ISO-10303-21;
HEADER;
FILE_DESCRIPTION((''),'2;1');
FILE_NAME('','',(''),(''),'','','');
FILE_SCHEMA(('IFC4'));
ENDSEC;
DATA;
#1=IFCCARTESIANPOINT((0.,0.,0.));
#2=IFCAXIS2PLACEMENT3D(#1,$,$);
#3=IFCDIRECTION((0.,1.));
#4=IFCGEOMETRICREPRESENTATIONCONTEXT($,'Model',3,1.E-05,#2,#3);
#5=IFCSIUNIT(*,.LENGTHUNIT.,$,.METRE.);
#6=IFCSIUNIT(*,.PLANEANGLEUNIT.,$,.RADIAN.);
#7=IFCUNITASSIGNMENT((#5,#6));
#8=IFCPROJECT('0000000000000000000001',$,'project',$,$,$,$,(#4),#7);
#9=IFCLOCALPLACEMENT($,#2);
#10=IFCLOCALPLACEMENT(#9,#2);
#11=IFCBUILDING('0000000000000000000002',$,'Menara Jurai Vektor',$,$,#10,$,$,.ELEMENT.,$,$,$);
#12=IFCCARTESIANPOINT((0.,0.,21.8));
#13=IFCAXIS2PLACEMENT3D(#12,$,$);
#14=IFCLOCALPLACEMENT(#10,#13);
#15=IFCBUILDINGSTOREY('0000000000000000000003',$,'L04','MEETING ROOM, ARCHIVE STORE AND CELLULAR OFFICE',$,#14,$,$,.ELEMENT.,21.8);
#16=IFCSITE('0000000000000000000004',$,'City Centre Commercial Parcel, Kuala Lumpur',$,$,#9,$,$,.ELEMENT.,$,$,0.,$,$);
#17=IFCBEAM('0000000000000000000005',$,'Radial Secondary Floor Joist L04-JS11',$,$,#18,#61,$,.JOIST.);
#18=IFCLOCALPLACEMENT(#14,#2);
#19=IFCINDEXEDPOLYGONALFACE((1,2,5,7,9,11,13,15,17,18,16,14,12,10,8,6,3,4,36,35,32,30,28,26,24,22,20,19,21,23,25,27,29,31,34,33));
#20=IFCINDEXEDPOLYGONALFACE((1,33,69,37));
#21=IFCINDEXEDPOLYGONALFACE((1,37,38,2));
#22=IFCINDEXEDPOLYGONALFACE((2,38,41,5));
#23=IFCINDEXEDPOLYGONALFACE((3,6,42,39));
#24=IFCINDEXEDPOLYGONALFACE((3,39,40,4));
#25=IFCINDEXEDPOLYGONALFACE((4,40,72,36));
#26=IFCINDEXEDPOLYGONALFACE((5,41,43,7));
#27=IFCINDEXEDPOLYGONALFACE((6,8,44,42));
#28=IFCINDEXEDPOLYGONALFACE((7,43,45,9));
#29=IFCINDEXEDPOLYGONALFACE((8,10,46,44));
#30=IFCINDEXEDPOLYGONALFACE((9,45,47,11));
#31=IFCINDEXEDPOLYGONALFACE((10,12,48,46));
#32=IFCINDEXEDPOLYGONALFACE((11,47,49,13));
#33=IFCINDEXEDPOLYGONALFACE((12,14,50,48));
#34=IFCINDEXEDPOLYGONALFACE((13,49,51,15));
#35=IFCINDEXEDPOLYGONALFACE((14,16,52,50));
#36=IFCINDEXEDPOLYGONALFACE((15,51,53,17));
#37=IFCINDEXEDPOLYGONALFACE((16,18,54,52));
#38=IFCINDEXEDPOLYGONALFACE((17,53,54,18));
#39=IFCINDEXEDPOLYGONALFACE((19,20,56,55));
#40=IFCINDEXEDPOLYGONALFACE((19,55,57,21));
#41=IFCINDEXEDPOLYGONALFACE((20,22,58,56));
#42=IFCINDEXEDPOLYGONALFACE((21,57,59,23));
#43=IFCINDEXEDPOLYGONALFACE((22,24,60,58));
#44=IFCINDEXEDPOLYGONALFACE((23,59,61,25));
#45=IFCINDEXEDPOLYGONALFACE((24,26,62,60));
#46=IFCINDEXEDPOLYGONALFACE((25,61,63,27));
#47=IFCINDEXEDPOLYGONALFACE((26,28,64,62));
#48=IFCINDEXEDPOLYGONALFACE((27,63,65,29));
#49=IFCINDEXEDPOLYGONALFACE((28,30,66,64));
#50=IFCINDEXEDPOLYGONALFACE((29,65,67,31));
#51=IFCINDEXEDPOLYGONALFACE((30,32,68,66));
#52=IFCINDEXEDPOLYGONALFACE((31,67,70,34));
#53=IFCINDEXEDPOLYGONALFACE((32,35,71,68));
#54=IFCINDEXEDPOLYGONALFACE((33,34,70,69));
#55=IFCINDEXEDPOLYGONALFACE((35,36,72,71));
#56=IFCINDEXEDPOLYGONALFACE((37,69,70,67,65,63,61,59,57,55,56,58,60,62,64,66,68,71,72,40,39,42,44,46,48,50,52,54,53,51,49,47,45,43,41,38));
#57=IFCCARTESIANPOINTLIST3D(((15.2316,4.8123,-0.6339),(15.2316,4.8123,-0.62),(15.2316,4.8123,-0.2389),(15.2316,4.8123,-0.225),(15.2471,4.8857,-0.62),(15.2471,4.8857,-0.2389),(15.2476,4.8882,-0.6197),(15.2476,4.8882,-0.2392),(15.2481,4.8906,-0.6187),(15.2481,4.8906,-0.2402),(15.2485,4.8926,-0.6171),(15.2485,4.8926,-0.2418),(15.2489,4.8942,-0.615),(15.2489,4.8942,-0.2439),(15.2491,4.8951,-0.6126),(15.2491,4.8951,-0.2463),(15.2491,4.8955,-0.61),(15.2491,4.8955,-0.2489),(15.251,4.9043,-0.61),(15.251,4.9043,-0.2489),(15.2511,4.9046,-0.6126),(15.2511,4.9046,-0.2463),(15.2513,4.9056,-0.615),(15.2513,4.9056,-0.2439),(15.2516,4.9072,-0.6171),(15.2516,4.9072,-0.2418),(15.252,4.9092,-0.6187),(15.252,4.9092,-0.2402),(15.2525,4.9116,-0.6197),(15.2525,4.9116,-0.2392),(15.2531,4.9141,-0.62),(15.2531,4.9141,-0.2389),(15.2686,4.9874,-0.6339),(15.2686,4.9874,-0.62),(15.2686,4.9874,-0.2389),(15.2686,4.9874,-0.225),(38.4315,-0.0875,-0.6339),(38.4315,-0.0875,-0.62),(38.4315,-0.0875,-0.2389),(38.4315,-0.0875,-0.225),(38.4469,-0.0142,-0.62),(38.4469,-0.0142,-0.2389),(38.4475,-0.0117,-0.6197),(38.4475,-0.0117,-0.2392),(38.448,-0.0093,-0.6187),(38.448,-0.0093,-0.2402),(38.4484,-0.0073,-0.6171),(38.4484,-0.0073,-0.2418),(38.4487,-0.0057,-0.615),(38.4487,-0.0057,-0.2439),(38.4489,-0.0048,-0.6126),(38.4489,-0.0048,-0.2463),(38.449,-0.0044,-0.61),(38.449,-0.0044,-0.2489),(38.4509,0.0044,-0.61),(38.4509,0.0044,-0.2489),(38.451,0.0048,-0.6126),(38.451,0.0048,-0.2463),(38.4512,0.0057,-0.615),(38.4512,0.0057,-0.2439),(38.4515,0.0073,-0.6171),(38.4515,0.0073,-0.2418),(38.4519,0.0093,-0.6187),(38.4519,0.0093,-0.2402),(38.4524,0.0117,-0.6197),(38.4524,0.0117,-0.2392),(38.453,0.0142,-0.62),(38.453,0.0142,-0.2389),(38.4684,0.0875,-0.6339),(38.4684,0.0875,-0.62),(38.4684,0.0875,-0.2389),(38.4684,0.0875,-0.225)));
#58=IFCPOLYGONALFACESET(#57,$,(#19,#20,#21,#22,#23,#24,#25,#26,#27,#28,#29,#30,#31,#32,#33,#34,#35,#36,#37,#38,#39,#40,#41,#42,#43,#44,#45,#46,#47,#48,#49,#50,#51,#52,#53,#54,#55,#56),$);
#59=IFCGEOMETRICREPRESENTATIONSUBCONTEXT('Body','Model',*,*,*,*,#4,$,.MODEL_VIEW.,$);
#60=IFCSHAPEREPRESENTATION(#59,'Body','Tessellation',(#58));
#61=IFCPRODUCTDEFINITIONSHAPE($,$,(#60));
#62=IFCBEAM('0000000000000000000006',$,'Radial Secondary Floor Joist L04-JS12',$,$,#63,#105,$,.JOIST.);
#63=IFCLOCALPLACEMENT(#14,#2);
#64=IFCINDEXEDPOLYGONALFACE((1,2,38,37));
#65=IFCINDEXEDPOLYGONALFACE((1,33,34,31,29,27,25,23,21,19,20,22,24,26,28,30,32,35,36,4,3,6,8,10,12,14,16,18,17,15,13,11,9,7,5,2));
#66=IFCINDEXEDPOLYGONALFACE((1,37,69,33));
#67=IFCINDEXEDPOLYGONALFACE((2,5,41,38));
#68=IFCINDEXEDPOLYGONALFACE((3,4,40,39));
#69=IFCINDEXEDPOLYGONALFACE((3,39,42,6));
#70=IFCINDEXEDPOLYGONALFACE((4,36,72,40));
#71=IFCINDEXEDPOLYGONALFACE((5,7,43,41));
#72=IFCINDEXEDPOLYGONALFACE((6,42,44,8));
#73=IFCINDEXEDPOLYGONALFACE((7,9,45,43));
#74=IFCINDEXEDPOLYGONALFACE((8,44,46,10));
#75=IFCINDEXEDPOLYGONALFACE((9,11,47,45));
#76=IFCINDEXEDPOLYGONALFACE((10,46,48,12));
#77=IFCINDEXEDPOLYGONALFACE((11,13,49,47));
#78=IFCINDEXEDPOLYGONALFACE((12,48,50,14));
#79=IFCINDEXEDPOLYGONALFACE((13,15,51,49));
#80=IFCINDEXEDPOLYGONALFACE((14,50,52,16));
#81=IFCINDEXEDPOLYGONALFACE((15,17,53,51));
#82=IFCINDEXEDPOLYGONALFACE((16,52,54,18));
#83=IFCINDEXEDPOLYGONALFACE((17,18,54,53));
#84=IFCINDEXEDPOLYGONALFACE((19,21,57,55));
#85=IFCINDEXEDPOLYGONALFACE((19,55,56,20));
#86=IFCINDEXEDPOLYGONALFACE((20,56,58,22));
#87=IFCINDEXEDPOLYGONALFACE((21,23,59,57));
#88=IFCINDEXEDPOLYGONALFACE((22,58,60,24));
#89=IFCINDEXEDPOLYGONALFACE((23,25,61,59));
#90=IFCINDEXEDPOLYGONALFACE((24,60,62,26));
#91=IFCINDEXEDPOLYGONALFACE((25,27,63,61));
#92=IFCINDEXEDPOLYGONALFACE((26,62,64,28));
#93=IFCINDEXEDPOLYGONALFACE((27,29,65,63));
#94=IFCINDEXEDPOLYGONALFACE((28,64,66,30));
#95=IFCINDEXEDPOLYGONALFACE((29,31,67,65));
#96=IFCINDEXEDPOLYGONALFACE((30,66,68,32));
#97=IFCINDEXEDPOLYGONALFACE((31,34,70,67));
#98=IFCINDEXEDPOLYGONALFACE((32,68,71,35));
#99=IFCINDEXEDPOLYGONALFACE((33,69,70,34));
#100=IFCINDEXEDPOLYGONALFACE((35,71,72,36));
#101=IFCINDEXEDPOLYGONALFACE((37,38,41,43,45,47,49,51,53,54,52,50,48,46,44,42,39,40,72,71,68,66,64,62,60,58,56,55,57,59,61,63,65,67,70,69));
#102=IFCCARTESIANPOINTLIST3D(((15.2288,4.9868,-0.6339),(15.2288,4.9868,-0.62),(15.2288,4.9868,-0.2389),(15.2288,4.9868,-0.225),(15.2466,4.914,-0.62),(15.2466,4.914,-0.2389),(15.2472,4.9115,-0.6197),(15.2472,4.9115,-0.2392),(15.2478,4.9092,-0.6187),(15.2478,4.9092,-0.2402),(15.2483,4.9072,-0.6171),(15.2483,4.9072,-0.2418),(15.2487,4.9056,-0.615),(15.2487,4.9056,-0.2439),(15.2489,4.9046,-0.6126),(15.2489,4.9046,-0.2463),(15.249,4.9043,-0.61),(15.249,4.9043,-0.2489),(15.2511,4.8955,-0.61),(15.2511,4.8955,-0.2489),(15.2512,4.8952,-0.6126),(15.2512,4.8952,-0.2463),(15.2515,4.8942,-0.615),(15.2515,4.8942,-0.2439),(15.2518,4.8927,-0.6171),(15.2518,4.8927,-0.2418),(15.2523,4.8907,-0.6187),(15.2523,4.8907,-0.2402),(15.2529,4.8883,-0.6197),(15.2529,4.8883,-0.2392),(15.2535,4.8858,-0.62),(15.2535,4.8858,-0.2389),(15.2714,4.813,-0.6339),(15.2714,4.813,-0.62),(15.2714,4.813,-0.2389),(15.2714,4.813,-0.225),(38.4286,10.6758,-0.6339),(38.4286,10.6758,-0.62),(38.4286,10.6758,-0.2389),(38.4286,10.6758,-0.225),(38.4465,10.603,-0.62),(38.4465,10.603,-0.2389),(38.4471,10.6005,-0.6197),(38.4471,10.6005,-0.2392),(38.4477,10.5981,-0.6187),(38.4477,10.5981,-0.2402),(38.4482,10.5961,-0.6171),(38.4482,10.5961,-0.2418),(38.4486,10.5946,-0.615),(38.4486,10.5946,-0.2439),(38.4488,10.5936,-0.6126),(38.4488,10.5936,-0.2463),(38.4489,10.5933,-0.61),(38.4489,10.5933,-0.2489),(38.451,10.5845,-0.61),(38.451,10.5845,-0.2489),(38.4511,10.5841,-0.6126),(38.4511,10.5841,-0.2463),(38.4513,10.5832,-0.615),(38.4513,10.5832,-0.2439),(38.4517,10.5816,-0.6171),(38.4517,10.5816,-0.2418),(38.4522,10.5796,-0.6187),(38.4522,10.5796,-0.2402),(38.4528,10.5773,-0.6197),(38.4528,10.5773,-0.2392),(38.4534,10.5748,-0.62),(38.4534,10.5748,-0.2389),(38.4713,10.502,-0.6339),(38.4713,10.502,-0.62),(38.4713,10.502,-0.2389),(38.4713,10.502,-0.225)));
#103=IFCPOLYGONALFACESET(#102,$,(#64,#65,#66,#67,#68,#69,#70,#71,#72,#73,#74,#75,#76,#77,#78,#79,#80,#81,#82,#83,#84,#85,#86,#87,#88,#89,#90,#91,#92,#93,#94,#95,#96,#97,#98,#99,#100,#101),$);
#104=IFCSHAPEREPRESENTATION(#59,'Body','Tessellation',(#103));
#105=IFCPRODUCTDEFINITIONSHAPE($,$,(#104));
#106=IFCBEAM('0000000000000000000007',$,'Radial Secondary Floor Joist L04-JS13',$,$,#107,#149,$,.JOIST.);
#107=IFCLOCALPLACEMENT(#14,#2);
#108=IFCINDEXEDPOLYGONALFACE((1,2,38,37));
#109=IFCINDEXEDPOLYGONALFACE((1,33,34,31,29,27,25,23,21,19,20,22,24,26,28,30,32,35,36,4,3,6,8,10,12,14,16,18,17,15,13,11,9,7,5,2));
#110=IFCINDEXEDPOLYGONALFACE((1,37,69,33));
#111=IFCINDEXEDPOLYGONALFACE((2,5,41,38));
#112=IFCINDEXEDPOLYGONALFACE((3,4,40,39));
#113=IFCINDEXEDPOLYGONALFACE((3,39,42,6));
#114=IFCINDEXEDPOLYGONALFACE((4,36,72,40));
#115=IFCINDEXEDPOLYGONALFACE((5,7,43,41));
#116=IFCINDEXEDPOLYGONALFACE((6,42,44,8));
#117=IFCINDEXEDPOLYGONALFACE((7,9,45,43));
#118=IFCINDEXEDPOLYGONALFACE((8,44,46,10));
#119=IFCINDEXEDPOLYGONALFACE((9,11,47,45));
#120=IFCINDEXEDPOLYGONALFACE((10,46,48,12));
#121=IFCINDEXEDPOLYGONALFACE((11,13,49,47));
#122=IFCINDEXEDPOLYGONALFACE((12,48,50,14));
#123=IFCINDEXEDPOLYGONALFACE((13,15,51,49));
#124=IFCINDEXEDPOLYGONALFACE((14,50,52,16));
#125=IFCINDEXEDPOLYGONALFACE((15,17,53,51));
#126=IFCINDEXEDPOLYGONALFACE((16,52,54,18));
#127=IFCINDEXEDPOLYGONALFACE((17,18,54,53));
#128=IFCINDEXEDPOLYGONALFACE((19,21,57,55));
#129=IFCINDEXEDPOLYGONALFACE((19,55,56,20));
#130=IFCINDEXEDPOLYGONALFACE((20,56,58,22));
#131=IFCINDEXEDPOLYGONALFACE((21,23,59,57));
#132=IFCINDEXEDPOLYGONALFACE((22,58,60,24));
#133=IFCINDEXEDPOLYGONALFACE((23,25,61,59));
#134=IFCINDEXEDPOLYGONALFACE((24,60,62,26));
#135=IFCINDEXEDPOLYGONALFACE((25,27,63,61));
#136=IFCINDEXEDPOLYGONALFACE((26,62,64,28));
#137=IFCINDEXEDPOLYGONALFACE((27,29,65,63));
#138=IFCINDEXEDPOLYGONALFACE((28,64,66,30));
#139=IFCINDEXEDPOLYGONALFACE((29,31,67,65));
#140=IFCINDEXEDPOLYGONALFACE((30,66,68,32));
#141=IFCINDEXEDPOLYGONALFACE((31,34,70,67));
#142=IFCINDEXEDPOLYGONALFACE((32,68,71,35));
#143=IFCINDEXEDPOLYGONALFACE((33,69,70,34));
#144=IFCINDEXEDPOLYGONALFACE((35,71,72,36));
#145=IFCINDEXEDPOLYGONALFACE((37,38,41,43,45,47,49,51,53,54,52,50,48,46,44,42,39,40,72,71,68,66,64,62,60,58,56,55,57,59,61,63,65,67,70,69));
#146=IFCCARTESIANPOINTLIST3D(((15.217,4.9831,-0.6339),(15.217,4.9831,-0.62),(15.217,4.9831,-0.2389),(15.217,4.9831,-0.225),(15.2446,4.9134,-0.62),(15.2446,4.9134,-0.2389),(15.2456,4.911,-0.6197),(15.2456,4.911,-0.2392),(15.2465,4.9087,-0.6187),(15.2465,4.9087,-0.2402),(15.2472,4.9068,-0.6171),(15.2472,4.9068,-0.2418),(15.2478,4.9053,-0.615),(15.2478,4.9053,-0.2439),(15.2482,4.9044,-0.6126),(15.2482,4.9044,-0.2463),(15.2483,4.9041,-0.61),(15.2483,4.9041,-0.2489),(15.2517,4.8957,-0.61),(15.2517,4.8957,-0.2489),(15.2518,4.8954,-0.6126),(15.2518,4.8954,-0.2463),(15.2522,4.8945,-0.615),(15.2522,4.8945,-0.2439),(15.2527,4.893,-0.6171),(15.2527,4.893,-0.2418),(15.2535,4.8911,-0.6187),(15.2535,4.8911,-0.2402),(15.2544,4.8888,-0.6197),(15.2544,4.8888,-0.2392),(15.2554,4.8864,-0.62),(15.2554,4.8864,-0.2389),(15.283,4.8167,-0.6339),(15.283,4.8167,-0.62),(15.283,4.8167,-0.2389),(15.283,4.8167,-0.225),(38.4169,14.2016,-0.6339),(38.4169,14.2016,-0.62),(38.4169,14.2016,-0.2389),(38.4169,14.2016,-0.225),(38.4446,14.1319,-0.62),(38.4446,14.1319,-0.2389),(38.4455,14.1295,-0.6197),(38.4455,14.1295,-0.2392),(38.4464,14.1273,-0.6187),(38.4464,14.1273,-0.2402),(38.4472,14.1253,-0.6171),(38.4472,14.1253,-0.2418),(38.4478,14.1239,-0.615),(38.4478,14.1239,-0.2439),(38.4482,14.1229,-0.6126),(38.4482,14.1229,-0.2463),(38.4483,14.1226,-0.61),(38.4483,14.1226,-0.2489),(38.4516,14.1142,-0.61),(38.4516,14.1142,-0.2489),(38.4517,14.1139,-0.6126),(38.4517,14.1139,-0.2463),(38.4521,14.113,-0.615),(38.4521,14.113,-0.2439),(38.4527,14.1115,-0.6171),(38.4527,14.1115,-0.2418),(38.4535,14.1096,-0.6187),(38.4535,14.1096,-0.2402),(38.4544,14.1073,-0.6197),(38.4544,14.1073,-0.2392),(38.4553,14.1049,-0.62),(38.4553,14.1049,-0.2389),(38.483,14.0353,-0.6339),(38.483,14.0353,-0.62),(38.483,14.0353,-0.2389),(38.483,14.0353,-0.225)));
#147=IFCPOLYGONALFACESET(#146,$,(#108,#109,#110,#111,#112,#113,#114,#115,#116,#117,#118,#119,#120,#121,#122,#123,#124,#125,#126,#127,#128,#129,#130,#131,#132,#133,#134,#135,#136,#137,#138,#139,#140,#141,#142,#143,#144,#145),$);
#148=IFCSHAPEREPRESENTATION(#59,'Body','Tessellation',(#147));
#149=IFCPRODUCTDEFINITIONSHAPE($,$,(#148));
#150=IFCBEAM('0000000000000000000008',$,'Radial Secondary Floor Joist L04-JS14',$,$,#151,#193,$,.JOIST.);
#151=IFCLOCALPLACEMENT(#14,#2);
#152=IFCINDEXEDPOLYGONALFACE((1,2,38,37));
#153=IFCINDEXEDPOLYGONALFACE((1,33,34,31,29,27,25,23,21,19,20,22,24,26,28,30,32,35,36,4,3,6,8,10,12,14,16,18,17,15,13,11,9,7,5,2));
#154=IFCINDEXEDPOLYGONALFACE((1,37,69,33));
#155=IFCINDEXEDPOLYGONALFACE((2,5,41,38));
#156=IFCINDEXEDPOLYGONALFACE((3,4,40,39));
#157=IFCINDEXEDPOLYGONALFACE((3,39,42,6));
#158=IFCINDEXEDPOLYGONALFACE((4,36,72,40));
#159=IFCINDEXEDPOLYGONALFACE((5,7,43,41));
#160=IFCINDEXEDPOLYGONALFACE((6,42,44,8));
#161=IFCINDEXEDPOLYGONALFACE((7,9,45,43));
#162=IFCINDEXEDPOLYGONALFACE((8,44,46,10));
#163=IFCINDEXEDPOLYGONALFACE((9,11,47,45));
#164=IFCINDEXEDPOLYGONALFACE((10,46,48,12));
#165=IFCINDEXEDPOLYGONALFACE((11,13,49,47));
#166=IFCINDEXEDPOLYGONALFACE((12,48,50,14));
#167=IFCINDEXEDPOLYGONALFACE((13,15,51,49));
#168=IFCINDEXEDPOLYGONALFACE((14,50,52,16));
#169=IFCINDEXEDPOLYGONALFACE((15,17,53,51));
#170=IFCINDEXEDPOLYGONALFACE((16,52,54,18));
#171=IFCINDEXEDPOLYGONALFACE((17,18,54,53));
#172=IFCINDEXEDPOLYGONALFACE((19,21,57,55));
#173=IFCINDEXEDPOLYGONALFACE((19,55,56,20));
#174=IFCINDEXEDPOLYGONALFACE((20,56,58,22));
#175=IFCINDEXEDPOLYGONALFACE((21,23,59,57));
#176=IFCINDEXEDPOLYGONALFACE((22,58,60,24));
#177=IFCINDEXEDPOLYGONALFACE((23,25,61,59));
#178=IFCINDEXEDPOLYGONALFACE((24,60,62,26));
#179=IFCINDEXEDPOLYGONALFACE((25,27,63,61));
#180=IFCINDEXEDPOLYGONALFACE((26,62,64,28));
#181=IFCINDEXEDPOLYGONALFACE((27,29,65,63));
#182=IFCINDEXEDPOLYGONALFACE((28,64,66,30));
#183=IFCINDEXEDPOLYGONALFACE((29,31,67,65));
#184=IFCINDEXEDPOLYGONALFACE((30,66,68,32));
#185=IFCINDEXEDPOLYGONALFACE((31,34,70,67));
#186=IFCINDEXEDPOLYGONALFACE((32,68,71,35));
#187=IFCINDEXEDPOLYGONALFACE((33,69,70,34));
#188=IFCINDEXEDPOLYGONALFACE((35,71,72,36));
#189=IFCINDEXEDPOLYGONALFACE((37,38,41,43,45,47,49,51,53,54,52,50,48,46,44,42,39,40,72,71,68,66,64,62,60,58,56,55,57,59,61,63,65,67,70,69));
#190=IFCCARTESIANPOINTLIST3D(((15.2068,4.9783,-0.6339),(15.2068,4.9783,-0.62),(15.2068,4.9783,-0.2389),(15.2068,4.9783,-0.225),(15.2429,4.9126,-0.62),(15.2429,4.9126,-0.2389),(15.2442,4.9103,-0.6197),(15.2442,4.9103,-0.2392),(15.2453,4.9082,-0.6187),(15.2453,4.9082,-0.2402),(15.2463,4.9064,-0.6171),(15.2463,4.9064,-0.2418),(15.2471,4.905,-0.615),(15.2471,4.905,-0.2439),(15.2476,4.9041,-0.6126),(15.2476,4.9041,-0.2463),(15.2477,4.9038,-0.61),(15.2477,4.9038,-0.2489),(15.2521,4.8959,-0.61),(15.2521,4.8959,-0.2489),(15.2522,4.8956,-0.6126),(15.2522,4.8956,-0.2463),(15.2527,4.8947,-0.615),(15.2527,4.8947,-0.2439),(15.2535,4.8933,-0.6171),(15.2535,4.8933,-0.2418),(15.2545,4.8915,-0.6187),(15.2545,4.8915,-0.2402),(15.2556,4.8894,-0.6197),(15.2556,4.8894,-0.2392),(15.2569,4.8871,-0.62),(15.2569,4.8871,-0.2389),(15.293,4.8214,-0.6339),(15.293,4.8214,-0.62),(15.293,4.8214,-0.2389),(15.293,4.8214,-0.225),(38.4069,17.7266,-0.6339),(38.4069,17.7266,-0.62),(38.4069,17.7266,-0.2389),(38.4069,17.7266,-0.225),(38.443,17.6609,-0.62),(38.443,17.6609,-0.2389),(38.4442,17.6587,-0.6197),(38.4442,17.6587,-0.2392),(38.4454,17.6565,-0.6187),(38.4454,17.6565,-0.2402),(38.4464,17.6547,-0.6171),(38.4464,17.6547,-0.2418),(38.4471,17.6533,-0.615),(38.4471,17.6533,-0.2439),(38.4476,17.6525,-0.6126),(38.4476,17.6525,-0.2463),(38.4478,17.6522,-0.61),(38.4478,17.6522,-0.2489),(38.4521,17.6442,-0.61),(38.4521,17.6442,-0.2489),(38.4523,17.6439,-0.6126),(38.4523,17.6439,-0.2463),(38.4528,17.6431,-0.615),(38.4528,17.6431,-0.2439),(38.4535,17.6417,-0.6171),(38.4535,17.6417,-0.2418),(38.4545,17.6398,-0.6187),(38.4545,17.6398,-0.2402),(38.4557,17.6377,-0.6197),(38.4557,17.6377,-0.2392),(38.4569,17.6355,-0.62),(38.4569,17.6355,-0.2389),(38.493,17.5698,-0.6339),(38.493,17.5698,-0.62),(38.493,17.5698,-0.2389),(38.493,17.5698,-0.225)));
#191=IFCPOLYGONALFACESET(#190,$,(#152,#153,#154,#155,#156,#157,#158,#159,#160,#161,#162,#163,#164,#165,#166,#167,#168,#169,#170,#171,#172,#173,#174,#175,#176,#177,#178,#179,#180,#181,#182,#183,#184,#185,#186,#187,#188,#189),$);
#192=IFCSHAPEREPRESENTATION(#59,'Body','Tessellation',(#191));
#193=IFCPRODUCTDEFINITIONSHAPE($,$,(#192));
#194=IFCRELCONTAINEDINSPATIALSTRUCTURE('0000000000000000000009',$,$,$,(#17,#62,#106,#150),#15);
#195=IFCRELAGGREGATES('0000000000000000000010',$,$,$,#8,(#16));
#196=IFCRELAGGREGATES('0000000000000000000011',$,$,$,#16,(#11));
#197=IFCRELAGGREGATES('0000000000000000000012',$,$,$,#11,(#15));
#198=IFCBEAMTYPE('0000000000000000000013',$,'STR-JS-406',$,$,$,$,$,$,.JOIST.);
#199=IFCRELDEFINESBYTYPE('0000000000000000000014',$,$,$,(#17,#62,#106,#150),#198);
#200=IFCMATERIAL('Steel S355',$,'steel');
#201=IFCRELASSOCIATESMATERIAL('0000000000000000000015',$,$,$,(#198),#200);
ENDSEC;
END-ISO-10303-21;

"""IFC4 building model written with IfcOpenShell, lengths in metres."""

from ifc_helpers import new_model, si_unit, direction, frame, origin, origin_2d, place, context, subcontext, project, spatial, i_section, extrude, material, material_profile, profile_set, type_object, element, save


model = new_model("IFC4")

# Units and contexts
model_context = context("Model", 3, precision=1e-05, world=origin(), true_north=direction((0.0, 1.0)))
body_context = subcontext(model_context, "Body", "Model", "MODEL_VIEW")
ifc_project = project(units=[si_unit("LENGTHUNIT", "METRE"), si_unit("PLANEANGLEUNIT", "RADIAN")], contexts=[model_context])

# Site, building, storey
site_placement = place(None, origin())
site = spatial("IfcSite", under=ifc_project, at=site_placement, Name="City Centre Commercial Parcel, Kuala Lumpur", CompositionType="ELEMENT", RefElevation=0.0)
building_placement = place(site_placement, origin())
building = spatial("IfcBuilding", under=site, at=building_placement, Name="Menara Jurai Vektor", CompositionType="ELEMENT")
storey_placement = place(building_placement, frame((0.0, 0.0, 21.8)))
storey = spatial("IfcBuildingStorey", under=building, at=storey_placement, Name="L04", Description="MEETING ROOM, ARCHIVE STORE AND CELLULAR OFFICE", CompositionType="ELEMENT", Elevation=21.8)

# Shared definitions
ifc_material_1 = material(Name="Steel S355", Category="steel")

# Beams
ifc_material_profile_1 = material_profile(ifc_material_1, i_section(OverallWidth=0.179, OverallDepth=0.4089, WebThickness=0.009, FlangeThickness=0.0139, FilletRadius=0.01, at=origin_2d()), Name="UKB 406x178x67")
ifc_profile_set_1 = profile_set([ifc_material_profile_1], Name="Steel S355")
beam_type_1 = type_object("IfcBeamType", Name="STR-JS-406", PredefinedType="JOIST", material=ifc_profile_set_1)
beam_1_placement = place(storey_placement, frame((38.45, 0.0, -0.4294), z_axis=(-0.978416, 0.206645, 0.0), x_axis=(-0.206645, -0.978416, 0.0)))
element("IfcBeam", 1, at=beam_1_placement, inside=storey, type_object=beam_type_1, Name="Radial Secondary Floor Joist L04-JS11", PredefinedType="JOIST", context=body_context, shape_type="SweptSolid", body=[
    extrude(i_section(OverallWidth=0.179, OverallDepth=0.4089, WebThickness=0.009, FlangeThickness=0.0139, FilletRadius=0.01, at=origin_2d()), origin(), (0.0, 0.0, 1.0), 23.7117),
])
beam_2_placement = place(storey_placement, frame((38.45, 10.5889, -0.4294), z_axis=(-0.971226, -0.238159, 0.0), x_axis=(0.238159, -0.971226, 0.0)))
element("IfcBeam", 2, at=beam_2_placement, inside=storey, type_object=beam_type_1, Name="Radial Secondary Floor Joist L04-JS12", PredefinedType="JOIST", context=body_context, shape_type="SweptSolid", body=[
    extrude(i_section(OverallWidth=0.179, OverallDepth=0.4089, WebThickness=0.009, FlangeThickness=0.0139, FilletRadius=0.01, at=origin_2d()), origin(), (0.0, 0.0, 1.0), 23.8872),
])
beam_3_placement = place(storey_placement, frame((38.45, 14.1184, -0.4294), z_axis=(-0.929323, -0.369267, 0.0), x_axis=(0.369267, -0.929323, 0.0)))
element("IfcBeam", 3, at=beam_3_placement, inside=storey, type_object=beam_type_1, Name="Radial Secondary Floor Joist L04-JS13", PredefinedType="JOIST", context=body_context, shape_type="SweptSolid", body=[
    extrude(i_section(OverallWidth=0.179, OverallDepth=0.4089, WebThickness=0.009, FlangeThickness=0.0139, FilletRadius=0.01, at=origin_2d()), origin(), (0.0, 0.0, 1.0), 24.9644),
])
beam_4_placement = place(storey_placement, frame((38.45, 17.6482, -0.4294), z_axis=(-0.876402, -0.48158, 0.0), x_axis=(0.48158, -0.876402, 0.0)))
element("IfcBeam", 4, at=beam_4_placement, inside=storey, type_object=beam_type_1, Name="Radial Secondary Floor Joist L04-JS14", PredefinedType="JOIST", context=body_context, shape_type="SweptSolid", body=[
    extrude(i_section(OverallWidth=0.179, OverallDepth=0.4089, WebThickness=0.009, FlangeThickness=0.0139, FilletRadius=0.01, at=origin_2d()), origin(), (0.0, 0.0, 1.0), 26.4719),
])

save(model, "model.ifc")
